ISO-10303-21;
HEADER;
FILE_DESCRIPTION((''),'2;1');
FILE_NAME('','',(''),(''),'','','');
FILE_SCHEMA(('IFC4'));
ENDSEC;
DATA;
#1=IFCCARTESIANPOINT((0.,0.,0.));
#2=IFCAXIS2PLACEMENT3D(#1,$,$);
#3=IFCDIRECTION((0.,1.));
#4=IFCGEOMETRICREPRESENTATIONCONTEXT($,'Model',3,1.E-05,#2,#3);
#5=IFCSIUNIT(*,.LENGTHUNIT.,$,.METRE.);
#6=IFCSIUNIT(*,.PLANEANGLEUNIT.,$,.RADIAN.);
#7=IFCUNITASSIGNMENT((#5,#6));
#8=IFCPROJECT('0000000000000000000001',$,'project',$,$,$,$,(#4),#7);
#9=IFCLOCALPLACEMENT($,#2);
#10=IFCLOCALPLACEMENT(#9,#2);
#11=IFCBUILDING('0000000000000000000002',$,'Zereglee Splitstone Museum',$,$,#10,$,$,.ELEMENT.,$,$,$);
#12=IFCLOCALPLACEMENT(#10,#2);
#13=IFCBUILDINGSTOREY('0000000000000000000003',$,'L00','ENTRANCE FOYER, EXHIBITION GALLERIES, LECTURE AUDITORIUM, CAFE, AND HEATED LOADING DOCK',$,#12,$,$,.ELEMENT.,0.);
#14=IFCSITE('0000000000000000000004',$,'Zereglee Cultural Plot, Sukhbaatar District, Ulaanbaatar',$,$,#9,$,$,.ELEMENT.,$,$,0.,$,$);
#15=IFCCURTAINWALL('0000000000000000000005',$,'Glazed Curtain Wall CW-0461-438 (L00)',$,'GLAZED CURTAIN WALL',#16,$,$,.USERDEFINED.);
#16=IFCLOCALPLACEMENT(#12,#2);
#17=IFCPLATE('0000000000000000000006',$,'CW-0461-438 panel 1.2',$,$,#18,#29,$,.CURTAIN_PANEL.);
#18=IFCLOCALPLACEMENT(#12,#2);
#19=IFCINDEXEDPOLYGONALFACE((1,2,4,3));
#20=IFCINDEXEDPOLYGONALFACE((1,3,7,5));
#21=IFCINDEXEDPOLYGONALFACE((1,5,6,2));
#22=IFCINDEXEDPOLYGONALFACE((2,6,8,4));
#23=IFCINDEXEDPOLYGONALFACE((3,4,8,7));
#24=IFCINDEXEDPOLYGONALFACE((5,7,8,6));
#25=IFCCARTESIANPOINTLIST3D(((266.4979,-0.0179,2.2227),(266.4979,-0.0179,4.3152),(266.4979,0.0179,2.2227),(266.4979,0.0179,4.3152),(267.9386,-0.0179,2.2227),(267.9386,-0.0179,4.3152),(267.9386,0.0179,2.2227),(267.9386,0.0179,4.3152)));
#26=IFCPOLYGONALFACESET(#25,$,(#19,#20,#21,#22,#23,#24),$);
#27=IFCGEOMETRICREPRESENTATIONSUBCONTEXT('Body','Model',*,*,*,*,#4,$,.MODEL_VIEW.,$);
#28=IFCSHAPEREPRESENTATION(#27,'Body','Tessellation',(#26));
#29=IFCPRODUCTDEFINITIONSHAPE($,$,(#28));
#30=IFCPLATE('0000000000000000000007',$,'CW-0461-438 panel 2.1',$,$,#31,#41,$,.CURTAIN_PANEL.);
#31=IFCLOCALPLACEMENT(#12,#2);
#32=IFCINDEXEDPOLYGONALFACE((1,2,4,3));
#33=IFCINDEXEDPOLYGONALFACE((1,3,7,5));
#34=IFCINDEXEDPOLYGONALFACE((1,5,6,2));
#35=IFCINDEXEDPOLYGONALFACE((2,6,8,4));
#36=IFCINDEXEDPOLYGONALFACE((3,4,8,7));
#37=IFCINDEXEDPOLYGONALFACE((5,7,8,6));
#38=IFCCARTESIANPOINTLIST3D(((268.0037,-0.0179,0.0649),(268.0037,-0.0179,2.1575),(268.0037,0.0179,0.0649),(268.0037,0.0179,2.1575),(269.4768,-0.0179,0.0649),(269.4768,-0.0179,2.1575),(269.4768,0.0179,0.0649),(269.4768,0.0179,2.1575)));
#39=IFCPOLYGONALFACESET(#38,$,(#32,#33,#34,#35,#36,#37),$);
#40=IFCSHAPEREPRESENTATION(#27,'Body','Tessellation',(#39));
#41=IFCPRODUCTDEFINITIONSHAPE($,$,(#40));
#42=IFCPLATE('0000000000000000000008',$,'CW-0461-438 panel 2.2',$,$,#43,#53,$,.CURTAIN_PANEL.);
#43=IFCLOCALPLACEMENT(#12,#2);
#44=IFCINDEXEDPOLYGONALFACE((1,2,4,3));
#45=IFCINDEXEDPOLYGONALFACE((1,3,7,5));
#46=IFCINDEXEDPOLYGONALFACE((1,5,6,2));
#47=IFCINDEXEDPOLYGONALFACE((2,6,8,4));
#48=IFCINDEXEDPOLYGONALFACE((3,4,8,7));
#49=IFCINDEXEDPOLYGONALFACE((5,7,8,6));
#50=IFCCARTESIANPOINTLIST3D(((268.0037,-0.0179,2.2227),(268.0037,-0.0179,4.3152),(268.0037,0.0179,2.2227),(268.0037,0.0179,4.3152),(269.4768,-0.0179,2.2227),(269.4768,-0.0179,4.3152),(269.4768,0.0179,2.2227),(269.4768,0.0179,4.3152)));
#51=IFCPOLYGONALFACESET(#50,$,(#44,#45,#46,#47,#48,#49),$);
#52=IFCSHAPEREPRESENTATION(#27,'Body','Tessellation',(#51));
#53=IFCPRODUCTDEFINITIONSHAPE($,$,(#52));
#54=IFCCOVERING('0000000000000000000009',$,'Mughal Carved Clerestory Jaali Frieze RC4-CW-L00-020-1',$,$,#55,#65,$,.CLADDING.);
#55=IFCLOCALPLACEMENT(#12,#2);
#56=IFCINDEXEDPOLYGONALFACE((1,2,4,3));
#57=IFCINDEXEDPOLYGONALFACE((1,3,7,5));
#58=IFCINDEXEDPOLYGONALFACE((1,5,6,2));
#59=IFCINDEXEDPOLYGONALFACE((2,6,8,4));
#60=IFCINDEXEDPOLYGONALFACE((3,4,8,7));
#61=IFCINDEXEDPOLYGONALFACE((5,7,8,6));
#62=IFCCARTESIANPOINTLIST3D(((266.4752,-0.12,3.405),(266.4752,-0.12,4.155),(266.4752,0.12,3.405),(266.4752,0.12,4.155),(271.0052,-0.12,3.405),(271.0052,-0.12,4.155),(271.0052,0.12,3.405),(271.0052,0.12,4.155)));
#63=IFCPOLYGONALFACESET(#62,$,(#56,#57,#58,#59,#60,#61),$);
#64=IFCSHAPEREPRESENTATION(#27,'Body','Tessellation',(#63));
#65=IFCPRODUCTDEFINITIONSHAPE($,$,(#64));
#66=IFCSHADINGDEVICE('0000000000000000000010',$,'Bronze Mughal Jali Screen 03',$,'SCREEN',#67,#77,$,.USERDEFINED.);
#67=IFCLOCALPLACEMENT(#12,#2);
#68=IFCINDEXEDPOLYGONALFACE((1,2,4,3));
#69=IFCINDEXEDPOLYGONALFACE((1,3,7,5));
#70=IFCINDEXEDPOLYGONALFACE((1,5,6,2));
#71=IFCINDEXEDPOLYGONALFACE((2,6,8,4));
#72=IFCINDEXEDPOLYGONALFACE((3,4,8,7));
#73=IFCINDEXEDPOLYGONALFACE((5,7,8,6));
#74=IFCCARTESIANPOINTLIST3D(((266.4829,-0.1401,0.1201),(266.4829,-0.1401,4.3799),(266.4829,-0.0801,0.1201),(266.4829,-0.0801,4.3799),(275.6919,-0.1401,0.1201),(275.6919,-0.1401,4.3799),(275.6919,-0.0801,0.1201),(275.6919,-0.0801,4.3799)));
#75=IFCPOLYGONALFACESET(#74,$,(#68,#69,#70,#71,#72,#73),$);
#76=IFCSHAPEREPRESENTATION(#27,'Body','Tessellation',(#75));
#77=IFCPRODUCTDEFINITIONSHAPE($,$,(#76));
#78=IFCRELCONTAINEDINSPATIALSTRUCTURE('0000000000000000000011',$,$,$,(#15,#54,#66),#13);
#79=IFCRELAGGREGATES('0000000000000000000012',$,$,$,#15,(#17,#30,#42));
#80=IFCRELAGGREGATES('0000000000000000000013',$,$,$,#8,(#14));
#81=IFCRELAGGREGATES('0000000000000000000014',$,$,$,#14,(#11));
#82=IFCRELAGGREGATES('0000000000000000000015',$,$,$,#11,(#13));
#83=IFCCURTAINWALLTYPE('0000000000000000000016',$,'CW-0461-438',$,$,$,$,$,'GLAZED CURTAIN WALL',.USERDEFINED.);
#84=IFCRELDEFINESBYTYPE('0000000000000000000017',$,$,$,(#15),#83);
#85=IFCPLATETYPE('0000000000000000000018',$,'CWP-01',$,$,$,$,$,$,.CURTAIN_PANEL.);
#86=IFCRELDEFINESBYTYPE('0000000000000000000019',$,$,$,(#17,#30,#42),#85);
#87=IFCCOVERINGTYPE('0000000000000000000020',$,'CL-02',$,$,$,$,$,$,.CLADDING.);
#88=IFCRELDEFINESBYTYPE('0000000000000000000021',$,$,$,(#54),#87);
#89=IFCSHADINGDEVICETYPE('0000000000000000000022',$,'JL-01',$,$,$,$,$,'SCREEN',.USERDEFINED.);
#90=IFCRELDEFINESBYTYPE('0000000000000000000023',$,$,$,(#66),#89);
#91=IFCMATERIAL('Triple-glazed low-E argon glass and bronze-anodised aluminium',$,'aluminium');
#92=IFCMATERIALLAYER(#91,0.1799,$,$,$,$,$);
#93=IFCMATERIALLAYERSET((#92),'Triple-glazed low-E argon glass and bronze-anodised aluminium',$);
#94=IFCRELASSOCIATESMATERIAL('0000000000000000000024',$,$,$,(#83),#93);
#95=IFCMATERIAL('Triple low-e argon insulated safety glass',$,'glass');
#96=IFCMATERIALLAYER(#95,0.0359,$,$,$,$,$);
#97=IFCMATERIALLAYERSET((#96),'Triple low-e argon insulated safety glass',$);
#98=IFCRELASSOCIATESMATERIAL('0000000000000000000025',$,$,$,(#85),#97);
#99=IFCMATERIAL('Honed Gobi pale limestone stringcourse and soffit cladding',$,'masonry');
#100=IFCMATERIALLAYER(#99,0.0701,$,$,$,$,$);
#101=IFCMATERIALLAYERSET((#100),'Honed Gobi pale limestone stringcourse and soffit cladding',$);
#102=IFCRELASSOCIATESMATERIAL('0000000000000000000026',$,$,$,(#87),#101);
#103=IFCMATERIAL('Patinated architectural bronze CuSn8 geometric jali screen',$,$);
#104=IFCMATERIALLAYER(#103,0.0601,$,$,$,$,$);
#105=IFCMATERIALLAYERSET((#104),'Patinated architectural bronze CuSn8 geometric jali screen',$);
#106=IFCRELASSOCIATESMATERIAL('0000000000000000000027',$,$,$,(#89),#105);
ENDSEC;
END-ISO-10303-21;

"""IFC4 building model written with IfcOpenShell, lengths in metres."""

from ifc_helpers import new_model, si_unit, direction, frame, origin, origin_2d, place, context, subcontext, project, spatial, polyline, rectangle, outline, extrude, material, layer, layer_set, type_object, element, aggregate, save


model = new_model("IFC4")

# Units and contexts
model_context = context("Model", 3, precision=1e-05, world=origin(), true_north=direction((0.0, 1.0)))
body_context = subcontext(model_context, "Body", "Model", "MODEL_VIEW")
ifc_project = project(units=[si_unit("LENGTHUNIT", "METRE"), si_unit("PLANEANGLEUNIT", "RADIAN")], contexts=[model_context])

# Site, building, storey
site_placement = place(None, origin())
site = spatial("IfcSite", under=ifc_project, at=site_placement, Name="Zereglee Cultural Plot, Sukhbaatar District, Ulaanbaatar", CompositionType="ELEMENT", RefElevation=0.0)
building_placement = place(site_placement, origin())
building = spatial("IfcBuilding", under=site, at=building_placement, Name="Zereglee Splitstone Museum", CompositionType="ELEMENT")
storey_placement = place(building_placement, origin())
storey = spatial("IfcBuildingStorey", under=building, at=storey_placement, Name="L00", Description="ENTRANCE FOYER, EXHIBITION GALLERIES, LECTURE AUDITORIUM, CAFE, AND HEATED LOADING DOCK", CompositionType="ELEMENT", Elevation=0.0)

# Curtain wall
ifc_material_1 = material(Name="Triple-glazed low-E argon glass and bronze-anodised aluminium", Category="aluminium")
ifc_layer_1 = layer(ifc_material_1, 0.1799)
ifc_layer_set_1 = layer_set([ifc_layer_1], Name="Triple-glazed low-E argon glass and bronze-anodised aluminium")
curtain_wall_type_1 = type_object("IfcCurtainWallType", Name="CW-0461-438", ElementType="GLAZED CURTAIN WALL", PredefinedType="USERDEFINED", material=ifc_layer_set_1)
curtain_wall_1_placement = place(storey_placement, origin())
curtain_wall_1 = element("IfcCurtainWall", 1, at=curtain_wall_1_placement, inside=storey, type_object=curtain_wall_type_1, Name="Glazed Curtain Wall CW-0461-438 (L00)", ObjectType="GLAZED CURTAIN WALL", PredefinedType="USERDEFINED")

# Plates
ifc_material_2 = material(Name="Triple low-e argon insulated safety glass", Category="glass")
ifc_layer_2 = layer(ifc_material_2, 0.0359)
ifc_layer_set_2 = layer_set([ifc_layer_2], Name="Triple low-e argon insulated safety glass")
plate_type = type_object("IfcPlateType", Name="CWP-01", PredefinedType="CURTAIN_PANEL", material=ifc_layer_set_2)
plate_1_placement = place(storey_placement, frame((267.2183, 0.0, 2.2227), z_axis=(0.0, 0.0, 1.0), x_axis=(1.0, 0.0, 0.0)))
plate_1 = element("IfcPlate", 2, at=plate_1_placement, type_object=plate_type, Name="CW-0461-438 panel 1.2", PredefinedType="CURTAIN_PANEL", context=body_context, shape_type="SweptSolid", body=[
    extrude(rectangle(XDim=1.4407, YDim=0.0359, at=origin_2d()), origin(), (0.0, 0.0, 1.0), 2.0925),
])
plate_2_placement = place(storey_placement, frame((268.7402, 0.0, 0.0649), z_axis=(0.0, 0.0, 1.0), x_axis=(1.0, 0.0, 0.0)))
plate_2 = element("IfcPlate", 3, at=plate_2_placement, type_object=plate_type, Name="CW-0461-438 panel 2.1", PredefinedType="CURTAIN_PANEL", context=body_context, shape_type="SweptSolid", body=[
    extrude(rectangle(XDim=1.4731, YDim=0.0359, at=origin_2d()), origin(), (0.0, 0.0, 1.0), 2.0925),
])
plate_3_placement = place(storey_placement, frame((268.7402, 0.0, 2.2227), z_axis=(0.0, 0.0, 1.0), x_axis=(1.0, 0.0, 0.0)))
plate_3 = element("IfcPlate", 4, at=plate_3_placement, type_object=plate_type, Name="CW-0461-438 panel 2.2", PredefinedType="CURTAIN_PANEL", context=body_context, shape_type="SweptSolid", body=[
    extrude(rectangle(XDim=1.4731, YDim=0.0359, at=origin_2d()), origin(), (0.0, 0.0, 1.0), 2.0925),
])
aggregate(curtain_wall_1, [plate_1, plate_2, plate_3])

# Covering
ifc_material_3 = material(Name="Honed Gobi pale limestone stringcourse and soffit cladding", Category="masonry")
ifc_layer_3 = layer(ifc_material_3, 0.0701)
ifc_layer_set_3 = layer_set([ifc_layer_3], Name="Honed Gobi pale limestone stringcourse and soffit cladding")
covering_type = type_object("IfcCoveringType", Name="CL-02", PredefinedType="CLADDING", material=ifc_layer_set_3)
covering_placement = place(storey_placement, frame((268.7402, 0.0, 3.405), z_axis=(0.0, 0.0, 1.0), x_axis=(1.0, 0.0, 0.0)))
element("IfcCovering", 5, at=covering_placement, inside=storey, type_object=covering_type, Name="Mughal Carved Clerestory Jaali Frieze RC4-CW-L00-020-1", PredefinedType="CLADDING", context=body_context, shape_type="SweptSolid", body=[
    extrude(rectangle(XDim=4.53, YDim=0.24, at=origin_2d()), origin(), (0.0, 0.0, 1.0), 0.75),
])

# Shading device
ifc_material_4 = material(Name="Patinated architectural bronze CuSn8 geometric jali screen")
ifc_layer_4 = layer(ifc_material_4, 0.0601)
ifc_layer_set_4 = layer_set([ifc_layer_4], Name="Patinated architectural bronze CuSn8 geometric jali screen")
shading_device_type = type_object("IfcShadingDeviceType", Name="JL-01", ElementType="SCREEN", PredefinedType="USERDEFINED", material=ifc_layer_set_4)
shading_device_placement = place(storey_placement, frame((266.4829, -0.0801, 0.1201), z_axis=(0.0, -1.0, 0.0), x_axis=(1.0, 0.0, 0.0)))
element("IfcShadingDevice", 6, at=shading_device_placement, inside=storey, type_object=shading_device_type, Name="Bronze Mughal Jali Screen 03", ObjectType="SCREEN", PredefinedType="USERDEFINED", context=body_context, shape_type="SweptSolid", body=[
    extrude(outline(polyline([(0.0, 0.0), (9.209, 0.0), (9.209, 4.2598), (0.0, 4.2598), (0.0, 0.0)])), origin(), (0.0, 0.0, 1.0), 0.0601),
])

save(model, "model.ifc")
